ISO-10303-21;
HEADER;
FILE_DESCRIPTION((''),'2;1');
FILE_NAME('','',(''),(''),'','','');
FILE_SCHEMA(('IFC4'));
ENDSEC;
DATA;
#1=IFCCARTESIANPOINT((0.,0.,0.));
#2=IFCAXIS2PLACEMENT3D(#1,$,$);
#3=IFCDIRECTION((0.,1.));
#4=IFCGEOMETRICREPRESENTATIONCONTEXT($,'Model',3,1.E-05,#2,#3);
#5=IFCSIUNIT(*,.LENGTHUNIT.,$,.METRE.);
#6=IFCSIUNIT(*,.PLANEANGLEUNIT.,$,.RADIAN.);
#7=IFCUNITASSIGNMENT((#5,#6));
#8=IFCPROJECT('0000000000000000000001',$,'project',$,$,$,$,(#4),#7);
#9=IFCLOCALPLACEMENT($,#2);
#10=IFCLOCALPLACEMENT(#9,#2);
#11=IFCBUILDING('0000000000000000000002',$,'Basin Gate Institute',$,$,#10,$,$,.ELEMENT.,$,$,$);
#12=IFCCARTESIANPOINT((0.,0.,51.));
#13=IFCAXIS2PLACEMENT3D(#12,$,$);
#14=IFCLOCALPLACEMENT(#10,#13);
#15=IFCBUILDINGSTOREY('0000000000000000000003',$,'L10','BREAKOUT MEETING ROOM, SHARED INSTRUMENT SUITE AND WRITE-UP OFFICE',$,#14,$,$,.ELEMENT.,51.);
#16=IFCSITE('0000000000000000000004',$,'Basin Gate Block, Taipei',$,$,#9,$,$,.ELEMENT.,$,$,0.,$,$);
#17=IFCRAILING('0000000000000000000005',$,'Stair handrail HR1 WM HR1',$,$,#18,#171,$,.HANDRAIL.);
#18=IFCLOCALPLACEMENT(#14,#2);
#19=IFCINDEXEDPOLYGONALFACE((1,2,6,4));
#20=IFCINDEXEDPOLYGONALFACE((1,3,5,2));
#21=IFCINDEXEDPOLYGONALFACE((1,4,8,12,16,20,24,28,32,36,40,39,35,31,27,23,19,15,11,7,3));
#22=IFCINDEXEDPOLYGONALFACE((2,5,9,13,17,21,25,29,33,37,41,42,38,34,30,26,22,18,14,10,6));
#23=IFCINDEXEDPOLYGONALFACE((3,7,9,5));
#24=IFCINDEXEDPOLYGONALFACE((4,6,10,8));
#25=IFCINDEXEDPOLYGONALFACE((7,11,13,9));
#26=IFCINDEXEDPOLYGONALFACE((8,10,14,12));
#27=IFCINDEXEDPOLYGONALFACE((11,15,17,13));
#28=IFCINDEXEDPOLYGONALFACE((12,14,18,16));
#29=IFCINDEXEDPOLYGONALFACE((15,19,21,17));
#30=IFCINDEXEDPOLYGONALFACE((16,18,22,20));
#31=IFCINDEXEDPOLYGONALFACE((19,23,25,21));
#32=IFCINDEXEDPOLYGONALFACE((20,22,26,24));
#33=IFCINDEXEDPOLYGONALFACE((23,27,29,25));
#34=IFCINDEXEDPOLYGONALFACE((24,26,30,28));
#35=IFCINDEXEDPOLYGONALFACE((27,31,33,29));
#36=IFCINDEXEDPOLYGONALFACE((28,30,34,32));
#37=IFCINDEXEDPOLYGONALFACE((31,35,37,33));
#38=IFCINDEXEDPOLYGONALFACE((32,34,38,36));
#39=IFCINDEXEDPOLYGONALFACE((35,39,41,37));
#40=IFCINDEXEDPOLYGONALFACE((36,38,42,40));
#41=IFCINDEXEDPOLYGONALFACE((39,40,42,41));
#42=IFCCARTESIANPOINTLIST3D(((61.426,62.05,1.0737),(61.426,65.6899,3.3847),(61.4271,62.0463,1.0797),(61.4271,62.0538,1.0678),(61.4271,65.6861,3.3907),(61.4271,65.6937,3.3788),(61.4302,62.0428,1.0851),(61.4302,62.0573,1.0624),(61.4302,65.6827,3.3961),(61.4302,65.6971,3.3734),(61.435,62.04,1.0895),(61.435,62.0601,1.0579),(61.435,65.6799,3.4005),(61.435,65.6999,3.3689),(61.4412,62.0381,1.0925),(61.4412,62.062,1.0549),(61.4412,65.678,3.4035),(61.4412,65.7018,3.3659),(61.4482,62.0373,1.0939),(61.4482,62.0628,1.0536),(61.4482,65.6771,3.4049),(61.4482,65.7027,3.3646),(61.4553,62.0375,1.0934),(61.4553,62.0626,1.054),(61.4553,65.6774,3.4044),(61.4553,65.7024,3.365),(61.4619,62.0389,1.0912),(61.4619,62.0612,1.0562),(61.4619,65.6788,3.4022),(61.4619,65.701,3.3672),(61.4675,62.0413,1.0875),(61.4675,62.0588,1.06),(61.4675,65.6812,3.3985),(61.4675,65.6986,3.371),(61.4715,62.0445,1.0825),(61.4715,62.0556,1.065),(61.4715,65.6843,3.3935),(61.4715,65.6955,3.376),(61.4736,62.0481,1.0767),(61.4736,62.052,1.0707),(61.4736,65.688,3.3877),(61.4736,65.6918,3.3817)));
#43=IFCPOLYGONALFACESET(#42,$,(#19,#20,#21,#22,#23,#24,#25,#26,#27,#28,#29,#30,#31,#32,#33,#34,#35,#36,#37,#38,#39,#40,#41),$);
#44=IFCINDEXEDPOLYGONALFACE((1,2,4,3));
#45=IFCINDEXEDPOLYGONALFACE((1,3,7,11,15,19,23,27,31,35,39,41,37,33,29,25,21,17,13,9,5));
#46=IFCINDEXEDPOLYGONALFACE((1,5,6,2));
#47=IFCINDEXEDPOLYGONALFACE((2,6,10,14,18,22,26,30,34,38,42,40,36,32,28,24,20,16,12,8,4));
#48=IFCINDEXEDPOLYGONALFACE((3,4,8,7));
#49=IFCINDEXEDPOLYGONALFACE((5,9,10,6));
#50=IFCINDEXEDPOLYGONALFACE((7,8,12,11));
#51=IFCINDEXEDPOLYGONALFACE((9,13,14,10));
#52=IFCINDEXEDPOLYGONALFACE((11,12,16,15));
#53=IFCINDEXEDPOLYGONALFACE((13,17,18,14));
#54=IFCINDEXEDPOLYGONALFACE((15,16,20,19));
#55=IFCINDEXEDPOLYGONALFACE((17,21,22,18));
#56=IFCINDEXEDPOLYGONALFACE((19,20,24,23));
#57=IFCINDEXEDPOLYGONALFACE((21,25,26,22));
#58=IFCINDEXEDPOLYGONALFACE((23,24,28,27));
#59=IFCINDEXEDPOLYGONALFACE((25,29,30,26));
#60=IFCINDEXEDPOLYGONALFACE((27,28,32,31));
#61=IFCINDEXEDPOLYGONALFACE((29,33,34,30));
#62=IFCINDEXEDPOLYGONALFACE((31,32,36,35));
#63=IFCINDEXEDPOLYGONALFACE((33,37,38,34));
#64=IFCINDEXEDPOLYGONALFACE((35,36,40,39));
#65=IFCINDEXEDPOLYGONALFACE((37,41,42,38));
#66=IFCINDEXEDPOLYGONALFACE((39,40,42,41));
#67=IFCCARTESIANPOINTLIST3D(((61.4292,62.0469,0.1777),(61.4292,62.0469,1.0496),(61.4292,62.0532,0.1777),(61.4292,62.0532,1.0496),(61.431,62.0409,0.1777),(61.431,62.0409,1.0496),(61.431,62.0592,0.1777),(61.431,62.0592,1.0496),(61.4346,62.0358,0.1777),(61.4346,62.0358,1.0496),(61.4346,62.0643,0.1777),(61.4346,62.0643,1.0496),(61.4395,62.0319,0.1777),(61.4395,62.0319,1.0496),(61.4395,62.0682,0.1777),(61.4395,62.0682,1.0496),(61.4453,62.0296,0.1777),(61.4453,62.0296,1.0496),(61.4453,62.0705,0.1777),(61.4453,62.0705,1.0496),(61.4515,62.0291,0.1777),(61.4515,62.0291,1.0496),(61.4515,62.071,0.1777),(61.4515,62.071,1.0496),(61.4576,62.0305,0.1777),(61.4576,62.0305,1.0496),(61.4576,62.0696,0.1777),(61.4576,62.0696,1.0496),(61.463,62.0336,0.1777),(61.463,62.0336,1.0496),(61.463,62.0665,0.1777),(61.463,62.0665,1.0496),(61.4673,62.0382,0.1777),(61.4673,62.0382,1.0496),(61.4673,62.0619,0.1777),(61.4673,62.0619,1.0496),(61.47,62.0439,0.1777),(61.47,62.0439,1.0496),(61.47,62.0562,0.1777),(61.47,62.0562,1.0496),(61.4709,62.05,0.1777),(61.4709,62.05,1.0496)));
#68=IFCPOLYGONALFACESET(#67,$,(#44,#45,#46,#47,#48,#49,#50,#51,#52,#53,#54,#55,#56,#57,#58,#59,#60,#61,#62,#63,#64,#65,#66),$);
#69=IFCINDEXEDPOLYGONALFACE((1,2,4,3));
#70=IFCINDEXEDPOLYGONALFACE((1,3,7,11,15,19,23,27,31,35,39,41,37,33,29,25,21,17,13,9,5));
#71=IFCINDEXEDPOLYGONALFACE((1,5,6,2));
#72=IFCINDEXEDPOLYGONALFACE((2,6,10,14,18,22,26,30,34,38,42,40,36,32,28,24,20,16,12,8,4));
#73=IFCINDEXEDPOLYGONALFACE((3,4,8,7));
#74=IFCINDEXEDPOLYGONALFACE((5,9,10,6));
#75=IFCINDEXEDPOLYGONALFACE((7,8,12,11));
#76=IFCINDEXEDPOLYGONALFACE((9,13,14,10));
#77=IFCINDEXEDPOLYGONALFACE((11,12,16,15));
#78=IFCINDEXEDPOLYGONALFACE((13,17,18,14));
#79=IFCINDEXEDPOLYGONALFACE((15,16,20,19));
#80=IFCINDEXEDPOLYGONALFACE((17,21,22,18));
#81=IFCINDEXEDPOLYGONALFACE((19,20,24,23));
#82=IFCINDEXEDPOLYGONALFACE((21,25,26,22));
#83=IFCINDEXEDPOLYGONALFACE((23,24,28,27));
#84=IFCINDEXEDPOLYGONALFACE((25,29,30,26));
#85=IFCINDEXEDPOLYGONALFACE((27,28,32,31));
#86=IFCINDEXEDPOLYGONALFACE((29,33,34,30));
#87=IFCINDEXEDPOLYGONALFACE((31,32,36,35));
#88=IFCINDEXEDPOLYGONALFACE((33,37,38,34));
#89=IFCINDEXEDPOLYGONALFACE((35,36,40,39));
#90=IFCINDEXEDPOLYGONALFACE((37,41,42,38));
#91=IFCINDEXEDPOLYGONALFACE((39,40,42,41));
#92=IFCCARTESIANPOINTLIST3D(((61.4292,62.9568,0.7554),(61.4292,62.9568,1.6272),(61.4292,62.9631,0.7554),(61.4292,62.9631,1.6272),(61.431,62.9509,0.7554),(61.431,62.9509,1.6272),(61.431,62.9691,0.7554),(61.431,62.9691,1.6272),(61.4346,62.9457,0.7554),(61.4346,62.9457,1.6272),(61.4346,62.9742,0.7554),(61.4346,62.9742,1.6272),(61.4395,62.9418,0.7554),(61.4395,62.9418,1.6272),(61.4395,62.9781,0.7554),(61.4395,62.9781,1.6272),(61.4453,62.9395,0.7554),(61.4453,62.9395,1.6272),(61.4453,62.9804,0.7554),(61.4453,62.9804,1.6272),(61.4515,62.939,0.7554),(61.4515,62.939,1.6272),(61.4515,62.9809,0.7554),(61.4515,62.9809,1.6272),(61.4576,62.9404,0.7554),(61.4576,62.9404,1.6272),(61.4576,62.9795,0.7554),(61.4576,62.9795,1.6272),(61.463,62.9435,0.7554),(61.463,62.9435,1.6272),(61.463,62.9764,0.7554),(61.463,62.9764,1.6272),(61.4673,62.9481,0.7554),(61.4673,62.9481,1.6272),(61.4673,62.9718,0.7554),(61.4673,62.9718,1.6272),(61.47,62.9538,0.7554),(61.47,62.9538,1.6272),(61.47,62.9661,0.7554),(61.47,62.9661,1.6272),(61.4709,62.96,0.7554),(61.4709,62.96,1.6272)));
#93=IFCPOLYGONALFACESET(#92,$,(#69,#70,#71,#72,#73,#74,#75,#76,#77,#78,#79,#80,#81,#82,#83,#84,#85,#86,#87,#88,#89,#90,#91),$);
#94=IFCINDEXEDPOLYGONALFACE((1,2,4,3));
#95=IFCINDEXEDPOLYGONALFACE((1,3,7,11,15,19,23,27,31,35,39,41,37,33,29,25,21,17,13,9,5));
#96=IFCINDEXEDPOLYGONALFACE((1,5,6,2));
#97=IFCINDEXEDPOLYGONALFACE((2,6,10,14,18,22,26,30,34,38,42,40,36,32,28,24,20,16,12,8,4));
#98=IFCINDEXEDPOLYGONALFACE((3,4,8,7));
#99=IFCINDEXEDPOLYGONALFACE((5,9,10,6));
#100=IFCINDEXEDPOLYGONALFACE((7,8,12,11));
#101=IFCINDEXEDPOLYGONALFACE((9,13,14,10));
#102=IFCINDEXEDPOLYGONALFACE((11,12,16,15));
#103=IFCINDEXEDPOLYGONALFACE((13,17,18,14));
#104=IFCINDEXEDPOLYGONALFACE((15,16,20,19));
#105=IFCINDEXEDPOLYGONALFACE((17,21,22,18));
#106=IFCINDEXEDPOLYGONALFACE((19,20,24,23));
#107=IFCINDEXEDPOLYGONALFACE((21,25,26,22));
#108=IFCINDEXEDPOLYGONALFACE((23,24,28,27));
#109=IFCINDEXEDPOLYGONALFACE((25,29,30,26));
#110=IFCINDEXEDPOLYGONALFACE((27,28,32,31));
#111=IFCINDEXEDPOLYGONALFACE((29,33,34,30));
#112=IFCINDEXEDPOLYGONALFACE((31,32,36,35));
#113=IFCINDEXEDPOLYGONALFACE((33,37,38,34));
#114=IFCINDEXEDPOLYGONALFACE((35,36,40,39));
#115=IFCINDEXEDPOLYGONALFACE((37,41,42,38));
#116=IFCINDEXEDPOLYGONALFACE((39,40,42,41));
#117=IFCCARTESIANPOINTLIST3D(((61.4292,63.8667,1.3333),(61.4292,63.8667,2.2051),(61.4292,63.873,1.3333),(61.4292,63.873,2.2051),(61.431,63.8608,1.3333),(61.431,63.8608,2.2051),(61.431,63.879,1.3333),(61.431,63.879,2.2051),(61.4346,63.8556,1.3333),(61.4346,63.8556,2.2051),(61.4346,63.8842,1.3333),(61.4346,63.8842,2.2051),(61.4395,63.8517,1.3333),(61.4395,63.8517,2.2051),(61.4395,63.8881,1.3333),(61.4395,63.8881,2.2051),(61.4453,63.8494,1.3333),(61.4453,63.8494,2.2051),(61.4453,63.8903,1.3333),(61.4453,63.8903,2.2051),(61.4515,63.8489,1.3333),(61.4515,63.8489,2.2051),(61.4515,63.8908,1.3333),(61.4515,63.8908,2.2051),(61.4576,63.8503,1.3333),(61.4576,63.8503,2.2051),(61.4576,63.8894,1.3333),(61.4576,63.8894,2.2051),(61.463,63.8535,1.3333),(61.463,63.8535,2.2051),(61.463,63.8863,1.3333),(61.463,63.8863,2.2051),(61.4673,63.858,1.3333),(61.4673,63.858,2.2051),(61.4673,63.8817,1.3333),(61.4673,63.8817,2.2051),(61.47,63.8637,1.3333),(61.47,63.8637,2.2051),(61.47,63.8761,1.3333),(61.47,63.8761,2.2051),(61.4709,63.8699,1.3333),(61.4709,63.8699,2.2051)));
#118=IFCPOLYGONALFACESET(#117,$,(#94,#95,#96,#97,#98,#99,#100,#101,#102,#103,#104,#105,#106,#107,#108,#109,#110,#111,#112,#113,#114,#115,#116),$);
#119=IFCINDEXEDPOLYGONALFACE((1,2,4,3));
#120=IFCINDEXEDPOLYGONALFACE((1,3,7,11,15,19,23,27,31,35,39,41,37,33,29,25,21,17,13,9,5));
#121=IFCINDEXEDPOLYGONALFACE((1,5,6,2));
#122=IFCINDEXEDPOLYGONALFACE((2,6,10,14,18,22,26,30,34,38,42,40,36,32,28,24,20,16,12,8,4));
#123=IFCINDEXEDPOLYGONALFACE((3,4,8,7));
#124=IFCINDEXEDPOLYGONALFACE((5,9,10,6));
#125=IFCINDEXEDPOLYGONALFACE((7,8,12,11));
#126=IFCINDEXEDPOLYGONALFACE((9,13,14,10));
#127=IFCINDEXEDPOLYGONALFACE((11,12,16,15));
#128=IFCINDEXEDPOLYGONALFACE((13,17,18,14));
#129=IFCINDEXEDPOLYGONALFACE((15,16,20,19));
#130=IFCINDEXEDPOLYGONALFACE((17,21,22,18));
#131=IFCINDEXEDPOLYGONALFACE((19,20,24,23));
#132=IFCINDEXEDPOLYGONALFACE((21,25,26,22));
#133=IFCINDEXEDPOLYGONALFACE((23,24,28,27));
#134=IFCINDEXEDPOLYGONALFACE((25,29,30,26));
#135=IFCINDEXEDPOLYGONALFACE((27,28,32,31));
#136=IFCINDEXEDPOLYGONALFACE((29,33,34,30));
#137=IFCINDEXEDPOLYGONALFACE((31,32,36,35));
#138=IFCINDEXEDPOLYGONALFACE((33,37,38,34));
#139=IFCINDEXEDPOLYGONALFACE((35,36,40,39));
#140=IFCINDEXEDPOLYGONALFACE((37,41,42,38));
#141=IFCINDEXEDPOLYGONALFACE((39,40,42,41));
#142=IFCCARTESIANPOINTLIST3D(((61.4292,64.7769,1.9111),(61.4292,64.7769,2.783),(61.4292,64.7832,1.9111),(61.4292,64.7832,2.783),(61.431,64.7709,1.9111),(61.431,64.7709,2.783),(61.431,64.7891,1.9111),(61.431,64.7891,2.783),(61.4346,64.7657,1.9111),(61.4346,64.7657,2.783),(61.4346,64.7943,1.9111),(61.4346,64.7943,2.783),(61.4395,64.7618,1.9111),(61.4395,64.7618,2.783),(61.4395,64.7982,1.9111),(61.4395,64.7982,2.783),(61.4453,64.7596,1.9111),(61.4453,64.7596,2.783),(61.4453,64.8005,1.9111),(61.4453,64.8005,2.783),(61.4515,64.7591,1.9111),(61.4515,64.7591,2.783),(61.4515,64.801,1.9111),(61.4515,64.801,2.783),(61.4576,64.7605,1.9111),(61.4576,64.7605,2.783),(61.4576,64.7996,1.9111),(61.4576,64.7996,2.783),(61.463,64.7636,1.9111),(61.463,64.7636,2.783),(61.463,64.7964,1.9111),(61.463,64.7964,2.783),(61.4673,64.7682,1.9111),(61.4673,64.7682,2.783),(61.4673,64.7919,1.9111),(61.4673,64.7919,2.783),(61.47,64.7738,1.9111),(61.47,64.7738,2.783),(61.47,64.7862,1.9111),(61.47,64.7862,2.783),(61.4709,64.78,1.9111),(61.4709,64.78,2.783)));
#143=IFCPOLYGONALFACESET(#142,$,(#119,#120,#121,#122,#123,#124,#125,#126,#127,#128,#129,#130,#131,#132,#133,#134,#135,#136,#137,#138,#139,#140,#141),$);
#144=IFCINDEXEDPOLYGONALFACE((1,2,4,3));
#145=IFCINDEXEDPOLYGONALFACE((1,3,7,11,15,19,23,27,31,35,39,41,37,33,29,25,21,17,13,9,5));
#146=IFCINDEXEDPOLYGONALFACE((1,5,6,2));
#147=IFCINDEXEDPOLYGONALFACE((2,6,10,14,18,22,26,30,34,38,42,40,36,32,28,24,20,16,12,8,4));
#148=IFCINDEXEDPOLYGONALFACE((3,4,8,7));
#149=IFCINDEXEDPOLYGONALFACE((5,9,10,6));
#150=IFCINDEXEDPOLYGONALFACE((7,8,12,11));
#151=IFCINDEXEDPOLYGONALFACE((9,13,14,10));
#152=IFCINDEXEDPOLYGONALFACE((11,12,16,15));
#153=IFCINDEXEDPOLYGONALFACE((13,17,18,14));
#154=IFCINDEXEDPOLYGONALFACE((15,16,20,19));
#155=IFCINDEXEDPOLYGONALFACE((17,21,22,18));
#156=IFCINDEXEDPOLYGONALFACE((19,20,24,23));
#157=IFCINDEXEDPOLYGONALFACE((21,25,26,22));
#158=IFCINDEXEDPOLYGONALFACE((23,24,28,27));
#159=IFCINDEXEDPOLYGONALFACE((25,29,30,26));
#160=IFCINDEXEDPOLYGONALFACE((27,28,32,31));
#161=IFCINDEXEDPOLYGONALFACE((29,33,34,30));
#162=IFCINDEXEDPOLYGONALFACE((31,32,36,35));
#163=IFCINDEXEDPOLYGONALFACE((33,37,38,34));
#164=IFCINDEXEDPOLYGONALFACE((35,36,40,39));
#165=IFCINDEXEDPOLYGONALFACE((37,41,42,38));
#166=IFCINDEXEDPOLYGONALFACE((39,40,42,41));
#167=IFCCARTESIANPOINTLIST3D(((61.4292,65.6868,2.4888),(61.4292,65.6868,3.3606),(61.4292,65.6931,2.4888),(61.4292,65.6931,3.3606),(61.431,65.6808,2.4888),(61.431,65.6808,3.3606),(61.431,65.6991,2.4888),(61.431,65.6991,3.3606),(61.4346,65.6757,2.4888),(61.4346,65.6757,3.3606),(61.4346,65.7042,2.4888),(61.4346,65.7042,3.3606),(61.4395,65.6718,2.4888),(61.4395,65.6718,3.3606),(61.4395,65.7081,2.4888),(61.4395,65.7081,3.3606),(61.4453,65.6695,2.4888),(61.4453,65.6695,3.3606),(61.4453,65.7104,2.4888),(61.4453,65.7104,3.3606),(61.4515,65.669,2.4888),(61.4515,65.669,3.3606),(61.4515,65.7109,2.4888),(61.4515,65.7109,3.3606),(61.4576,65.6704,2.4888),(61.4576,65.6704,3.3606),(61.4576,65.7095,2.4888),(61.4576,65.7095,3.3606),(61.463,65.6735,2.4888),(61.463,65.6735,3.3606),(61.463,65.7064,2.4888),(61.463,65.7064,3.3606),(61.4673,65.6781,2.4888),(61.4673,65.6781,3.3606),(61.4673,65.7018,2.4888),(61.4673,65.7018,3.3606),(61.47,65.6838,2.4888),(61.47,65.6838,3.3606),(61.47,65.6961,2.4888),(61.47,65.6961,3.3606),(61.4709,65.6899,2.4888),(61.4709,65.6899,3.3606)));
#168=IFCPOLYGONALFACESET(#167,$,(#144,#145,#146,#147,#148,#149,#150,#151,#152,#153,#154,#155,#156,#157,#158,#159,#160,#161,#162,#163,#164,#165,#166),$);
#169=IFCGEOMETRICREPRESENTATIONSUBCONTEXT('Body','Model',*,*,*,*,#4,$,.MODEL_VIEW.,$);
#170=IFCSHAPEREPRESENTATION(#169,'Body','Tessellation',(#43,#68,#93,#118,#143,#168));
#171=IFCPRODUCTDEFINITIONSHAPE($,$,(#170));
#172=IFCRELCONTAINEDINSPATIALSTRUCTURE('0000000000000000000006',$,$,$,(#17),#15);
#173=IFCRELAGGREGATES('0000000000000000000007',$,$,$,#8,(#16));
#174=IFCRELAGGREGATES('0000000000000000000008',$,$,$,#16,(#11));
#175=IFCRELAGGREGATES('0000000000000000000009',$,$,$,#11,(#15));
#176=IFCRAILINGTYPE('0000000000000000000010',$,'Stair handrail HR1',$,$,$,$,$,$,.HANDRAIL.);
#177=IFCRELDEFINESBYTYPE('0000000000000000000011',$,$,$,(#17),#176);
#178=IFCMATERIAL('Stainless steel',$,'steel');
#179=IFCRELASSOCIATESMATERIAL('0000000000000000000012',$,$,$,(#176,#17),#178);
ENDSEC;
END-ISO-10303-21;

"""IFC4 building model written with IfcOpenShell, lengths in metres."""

from ifc_helpers import new_model, si_unit, direction, frame, origin, origin_2d, place, context, subcontext, project, spatial, circle, extrude, material, type_object, element, save


model = new_model("IFC4")

# Units and contexts
model_context = context("Model", 3, precision=1e-05, world=origin(), true_north=direction((0.0, 1.0)))
body_context = subcontext(model_context, "Body", "Model", "MODEL_VIEW")
ifc_project = project(units=[si_unit("LENGTHUNIT", "METRE"), si_unit("PLANEANGLEUNIT", "RADIAN")], contexts=[model_context])

# Site, building, storey
site_placement = place(None, origin())
site = spatial("IfcSite", under=ifc_project, at=site_placement, Name="Basin Gate Block, Taipei", CompositionType="ELEMENT", RefElevation=0.0)
building_placement = place(site_placement, origin())
building = spatial("IfcBuilding", under=site, at=building_placement, Name="Basin Gate Institute", CompositionType="ELEMENT")
storey_placement = place(building_placement, frame((0.0, 0.0, 51.0)))
storey = spatial("IfcBuildingStorey", under=building, at=storey_placement, Name="L10", Description="BREAKOUT MEETING ROOM, SHARED INSTRUMENT SUITE AND WRITE-UP OFFICE", CompositionType="ELEMENT", Elevation=51.0)

# Railing
ifc_material_1 = material(Name="Stainless steel", Category="steel")
railing_type_1 = type_object("IfcRailingType", Name="Stair handrail HR1", PredefinedType="HANDRAIL", material=ifc_material_1)
for number, where, name in (
    (1, (61.45, 62.05, 0.1777), "Stair handrail HR1 WM HR1"),
):
    element("IfcRailing", number, at=place(storey_placement, frame(where)), inside=storey, type_object=railing_type_1, material=ifc_material_1, Name=name, PredefinedType="HANDRAIL", context=body_context, shape_type="SweptSolid", body=[
        extrude(circle(Radius=0.0239, at=origin_2d()), frame((0.0, 0.0, 0.896), z_axis=(0.0, 0.844214, 0.536007), x_axis=(-1.0, 0.0, 0.0)), (0.0, 0.0, 1.0), 4.3115),
        extrude(circle(Radius=0.021, at=origin_2d()), origin(), (0.0, 0.0, 1.0), 0.8718),
        extrude(circle(Radius=0.021, at=origin_2d()), frame((0.0, 0.9099, 0.5776)), (0.0, 0.0, 1.0), 0.8718),
        extrude(circle(Radius=0.021, at=origin_2d()), frame((0.0, 1.8198, 1.1555)), (0.0, 0.0, 1.0), 0.8718),
        extrude(circle(Radius=0.021, at=origin_2d()), frame((0.0, 2.73, 1.7334)), (0.0, 0.0, 1.0), 0.8718),
        extrude(circle(Radius=0.021, at=origin_2d()), frame((0.0, 3.6399, 2.311)), (0.0, 0.0, 1.0), 0.8718),
    ])

save(model, "model.ifc")
